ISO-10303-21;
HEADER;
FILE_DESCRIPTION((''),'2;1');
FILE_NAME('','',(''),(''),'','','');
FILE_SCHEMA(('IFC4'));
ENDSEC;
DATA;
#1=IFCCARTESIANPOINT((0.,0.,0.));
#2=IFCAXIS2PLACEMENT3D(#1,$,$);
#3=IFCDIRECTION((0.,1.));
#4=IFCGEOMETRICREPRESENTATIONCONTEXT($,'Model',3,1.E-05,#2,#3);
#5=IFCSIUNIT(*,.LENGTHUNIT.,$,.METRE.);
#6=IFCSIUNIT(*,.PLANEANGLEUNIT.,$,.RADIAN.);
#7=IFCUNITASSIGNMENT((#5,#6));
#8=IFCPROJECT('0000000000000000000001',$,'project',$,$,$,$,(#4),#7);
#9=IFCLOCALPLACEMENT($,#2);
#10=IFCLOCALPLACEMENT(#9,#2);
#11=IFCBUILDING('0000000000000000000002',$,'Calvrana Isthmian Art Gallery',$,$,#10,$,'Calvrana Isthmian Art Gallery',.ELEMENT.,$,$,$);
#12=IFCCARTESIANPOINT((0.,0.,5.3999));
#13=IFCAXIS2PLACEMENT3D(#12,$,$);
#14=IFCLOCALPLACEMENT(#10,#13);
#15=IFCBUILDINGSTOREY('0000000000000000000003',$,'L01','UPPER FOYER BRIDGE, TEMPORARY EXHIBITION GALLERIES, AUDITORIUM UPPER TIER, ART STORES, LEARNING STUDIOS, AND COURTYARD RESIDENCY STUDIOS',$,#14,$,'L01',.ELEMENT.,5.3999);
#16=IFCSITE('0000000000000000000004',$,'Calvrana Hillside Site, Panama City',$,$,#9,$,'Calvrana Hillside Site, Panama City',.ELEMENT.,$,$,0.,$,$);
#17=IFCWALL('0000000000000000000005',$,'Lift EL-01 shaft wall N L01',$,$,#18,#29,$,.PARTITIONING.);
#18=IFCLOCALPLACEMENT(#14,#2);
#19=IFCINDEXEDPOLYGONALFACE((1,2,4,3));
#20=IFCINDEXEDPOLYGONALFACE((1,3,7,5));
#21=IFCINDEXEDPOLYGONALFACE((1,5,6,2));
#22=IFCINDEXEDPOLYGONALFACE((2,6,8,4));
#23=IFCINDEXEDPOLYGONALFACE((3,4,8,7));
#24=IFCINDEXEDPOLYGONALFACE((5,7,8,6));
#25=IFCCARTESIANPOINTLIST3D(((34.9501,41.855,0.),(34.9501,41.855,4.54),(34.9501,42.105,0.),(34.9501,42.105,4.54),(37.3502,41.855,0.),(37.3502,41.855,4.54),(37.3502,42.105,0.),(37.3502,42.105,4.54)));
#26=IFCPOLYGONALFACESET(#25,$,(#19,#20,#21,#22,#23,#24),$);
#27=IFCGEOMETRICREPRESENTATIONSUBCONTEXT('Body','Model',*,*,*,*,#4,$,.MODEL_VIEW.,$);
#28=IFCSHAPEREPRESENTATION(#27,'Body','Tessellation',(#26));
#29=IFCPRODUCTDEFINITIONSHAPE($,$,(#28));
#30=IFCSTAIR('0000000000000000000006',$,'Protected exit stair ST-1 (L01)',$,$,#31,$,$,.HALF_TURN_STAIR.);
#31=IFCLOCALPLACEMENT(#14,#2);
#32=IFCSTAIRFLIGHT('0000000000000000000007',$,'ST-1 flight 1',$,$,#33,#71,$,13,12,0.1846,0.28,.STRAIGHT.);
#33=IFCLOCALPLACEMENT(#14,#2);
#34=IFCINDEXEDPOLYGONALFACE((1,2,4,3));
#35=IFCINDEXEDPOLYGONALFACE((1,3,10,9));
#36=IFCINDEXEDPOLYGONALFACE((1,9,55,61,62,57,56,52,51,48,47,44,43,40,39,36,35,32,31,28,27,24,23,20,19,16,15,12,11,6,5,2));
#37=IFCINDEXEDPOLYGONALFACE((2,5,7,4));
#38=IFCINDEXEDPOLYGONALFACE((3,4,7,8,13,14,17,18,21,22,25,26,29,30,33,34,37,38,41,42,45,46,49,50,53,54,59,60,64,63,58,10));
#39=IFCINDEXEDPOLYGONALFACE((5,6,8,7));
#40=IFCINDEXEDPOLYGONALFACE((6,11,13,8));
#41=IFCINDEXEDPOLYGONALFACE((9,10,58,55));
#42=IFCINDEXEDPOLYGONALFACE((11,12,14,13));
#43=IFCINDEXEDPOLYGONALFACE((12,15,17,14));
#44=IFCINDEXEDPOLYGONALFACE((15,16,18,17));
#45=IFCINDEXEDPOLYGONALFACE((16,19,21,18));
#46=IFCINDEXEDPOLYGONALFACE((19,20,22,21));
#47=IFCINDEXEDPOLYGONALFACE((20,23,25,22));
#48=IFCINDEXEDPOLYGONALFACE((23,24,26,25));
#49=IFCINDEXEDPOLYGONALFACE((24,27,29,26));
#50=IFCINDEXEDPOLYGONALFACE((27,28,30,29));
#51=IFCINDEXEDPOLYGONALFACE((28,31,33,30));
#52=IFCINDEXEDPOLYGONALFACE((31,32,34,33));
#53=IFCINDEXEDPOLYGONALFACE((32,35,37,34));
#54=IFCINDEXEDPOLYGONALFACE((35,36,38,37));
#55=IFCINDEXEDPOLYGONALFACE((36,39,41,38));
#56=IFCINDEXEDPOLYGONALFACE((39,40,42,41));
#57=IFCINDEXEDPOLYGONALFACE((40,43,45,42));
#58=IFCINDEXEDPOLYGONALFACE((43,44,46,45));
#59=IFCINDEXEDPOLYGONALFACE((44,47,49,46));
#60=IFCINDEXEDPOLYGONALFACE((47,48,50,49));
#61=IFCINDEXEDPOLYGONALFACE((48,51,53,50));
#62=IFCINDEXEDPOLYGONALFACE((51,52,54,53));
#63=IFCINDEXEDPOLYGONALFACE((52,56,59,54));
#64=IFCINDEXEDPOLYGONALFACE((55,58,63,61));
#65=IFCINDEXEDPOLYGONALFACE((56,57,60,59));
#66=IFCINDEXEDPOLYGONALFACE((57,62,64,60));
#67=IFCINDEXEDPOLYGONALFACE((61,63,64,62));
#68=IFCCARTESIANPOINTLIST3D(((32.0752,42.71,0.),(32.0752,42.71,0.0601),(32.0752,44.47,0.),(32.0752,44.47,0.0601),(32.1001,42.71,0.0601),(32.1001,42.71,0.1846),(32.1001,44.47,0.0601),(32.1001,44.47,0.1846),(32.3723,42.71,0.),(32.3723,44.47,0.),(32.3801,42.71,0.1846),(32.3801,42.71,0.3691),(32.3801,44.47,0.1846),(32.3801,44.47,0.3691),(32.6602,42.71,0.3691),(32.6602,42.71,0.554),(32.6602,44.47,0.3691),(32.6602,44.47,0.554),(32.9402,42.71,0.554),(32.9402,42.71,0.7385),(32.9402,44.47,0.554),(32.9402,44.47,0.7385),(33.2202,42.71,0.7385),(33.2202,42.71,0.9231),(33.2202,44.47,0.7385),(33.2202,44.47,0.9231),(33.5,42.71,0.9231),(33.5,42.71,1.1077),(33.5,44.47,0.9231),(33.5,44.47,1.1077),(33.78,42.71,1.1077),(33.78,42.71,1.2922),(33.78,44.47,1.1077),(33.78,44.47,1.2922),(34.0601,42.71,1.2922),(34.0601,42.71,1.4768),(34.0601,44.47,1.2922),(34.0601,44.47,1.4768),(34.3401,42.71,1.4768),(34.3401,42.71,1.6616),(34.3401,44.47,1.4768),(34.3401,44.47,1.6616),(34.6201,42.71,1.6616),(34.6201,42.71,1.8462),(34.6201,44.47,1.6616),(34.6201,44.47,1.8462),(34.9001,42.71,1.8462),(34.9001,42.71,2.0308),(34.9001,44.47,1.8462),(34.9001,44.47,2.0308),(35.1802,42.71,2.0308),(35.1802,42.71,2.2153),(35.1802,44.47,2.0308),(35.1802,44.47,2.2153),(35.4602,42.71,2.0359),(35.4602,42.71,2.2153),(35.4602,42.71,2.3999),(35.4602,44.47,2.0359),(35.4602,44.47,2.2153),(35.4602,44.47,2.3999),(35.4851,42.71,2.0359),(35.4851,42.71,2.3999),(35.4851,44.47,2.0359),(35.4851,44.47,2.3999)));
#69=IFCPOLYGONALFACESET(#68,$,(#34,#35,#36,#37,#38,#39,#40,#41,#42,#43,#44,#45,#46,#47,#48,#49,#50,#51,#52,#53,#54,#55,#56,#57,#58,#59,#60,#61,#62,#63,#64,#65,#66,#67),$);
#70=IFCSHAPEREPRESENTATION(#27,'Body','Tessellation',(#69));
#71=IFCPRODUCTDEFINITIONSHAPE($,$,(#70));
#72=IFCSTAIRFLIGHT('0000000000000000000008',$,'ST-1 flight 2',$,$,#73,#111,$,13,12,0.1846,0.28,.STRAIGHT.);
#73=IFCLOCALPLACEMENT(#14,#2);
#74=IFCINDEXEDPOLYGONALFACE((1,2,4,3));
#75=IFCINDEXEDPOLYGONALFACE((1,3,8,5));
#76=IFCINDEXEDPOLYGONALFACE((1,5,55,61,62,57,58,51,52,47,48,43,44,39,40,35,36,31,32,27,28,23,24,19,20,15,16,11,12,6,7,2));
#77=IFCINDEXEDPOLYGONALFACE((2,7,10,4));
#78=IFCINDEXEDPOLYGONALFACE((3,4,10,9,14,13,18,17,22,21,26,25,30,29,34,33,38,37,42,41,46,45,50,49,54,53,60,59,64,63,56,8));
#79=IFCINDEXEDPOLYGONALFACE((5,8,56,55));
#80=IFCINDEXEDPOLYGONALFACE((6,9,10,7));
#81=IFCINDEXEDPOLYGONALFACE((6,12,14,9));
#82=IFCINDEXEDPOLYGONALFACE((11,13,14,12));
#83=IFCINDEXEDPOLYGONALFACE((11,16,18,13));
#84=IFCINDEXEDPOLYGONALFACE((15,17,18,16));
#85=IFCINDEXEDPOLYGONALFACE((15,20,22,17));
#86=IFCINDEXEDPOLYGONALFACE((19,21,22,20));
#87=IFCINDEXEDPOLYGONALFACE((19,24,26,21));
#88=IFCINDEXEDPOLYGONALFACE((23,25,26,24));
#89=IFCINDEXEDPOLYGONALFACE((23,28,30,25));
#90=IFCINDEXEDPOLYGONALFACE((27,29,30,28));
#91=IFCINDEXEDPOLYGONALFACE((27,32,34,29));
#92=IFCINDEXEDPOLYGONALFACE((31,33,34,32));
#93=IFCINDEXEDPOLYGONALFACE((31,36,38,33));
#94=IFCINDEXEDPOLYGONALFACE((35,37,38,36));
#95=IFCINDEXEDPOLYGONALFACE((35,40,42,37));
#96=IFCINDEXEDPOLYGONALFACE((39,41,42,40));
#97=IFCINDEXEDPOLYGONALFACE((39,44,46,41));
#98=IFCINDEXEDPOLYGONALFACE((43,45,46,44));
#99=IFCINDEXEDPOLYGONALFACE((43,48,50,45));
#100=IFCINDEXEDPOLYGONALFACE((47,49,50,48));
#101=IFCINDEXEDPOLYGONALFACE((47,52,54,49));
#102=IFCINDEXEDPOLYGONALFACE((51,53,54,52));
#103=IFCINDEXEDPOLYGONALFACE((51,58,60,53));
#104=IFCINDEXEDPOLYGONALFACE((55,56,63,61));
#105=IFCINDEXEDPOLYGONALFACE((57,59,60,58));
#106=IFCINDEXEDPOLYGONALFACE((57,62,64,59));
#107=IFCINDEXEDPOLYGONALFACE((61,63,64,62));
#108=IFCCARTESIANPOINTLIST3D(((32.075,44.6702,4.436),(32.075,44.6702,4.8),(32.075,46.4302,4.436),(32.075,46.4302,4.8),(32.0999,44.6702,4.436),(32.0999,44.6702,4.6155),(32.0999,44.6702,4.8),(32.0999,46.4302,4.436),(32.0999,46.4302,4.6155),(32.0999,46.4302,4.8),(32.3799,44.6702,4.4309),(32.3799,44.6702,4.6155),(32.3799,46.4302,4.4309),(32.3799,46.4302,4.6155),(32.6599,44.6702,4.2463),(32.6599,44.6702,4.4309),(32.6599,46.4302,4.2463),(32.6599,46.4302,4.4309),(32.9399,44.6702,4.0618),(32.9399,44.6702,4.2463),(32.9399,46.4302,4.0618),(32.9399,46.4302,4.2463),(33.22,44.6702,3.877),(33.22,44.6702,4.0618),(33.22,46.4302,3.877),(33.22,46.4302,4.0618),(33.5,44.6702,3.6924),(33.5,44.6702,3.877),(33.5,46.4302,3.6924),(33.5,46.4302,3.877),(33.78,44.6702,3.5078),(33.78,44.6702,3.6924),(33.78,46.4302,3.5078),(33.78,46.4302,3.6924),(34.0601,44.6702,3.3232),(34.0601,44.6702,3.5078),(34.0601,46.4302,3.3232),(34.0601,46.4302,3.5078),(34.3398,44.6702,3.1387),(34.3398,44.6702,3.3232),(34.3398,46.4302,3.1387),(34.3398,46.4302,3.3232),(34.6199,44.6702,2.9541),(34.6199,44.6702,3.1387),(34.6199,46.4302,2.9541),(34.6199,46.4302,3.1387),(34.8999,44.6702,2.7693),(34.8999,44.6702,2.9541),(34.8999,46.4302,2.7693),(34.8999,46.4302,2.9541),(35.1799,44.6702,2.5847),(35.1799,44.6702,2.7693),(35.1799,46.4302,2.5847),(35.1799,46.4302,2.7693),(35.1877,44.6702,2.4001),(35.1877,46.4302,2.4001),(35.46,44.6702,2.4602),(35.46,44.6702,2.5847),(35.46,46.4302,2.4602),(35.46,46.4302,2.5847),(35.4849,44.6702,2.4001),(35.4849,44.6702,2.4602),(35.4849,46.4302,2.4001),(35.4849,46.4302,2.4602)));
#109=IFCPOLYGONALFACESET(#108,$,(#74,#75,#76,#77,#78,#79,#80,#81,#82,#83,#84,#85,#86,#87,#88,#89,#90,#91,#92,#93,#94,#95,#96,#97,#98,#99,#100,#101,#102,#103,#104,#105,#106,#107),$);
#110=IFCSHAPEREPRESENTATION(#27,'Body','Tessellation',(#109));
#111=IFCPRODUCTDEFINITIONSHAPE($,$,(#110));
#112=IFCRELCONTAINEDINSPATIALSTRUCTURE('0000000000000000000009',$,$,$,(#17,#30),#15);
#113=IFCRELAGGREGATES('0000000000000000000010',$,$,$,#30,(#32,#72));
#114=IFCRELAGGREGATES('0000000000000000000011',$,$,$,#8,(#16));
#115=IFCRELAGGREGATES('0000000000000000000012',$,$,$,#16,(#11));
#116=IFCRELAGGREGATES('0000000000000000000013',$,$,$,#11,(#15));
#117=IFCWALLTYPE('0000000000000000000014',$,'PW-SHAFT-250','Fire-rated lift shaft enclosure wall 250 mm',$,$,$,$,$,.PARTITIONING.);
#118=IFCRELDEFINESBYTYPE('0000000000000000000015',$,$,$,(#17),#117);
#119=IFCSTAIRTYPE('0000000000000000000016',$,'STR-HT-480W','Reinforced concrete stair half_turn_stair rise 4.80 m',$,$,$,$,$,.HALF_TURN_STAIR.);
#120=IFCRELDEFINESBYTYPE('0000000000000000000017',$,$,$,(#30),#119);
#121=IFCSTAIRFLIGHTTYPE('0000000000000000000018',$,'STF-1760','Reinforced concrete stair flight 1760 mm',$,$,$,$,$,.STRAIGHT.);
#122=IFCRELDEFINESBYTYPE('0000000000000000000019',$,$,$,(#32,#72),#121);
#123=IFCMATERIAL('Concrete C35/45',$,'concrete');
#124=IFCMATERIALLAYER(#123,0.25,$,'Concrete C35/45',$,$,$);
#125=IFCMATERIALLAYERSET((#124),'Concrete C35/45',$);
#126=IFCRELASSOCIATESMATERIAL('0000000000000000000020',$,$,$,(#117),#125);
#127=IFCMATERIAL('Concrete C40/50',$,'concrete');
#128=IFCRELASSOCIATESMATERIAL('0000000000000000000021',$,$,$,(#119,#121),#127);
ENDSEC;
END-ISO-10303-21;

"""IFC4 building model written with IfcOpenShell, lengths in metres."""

from ifc_helpers import new_model, si_unit, direction, frame, frame_2d, origin, place, context, subcontext, project, spatial, polyline, rectangle, outline, extrude, material, layer, layer_set, type_object, element, aggregate, save


model = new_model("IFC4")

# Units and contexts
model_context = context("Model", 3, precision=1e-05, world=origin(), true_north=direction((0.0, 1.0)))
body_context = subcontext(model_context, "Body", "Model", "MODEL_VIEW")
ifc_project = project(units=[si_unit("LENGTHUNIT", "METRE"), si_unit("PLANEANGLEUNIT", "RADIAN")], contexts=[model_context])

# Site, building, storey
site_placement = place(None, origin())
site = spatial("IfcSite", under=ifc_project, at=site_placement, Name="Calvrana Hillside Site, Panama City", LongName="Calvrana Hillside Site, Panama City", CompositionType="ELEMENT", RefElevation=0.0)
building_placement = place(site_placement, origin())
building = spatial("IfcBuilding", under=site, at=building_placement, Name="Calvrana Isthmian Art Gallery", LongName="Calvrana Isthmian Art Gallery", CompositionType="ELEMENT")
storey_placement = place(building_placement, frame((0.0, 0.0, 5.3999)))
storey = spatial("IfcBuildingStorey", under=building, at=storey_placement, Name="L01", Description="UPPER FOYER BRIDGE, TEMPORARY EXHIBITION GALLERIES, AUDITORIUM UPPER TIER, ART STORES, LEARNING STUDIOS, AND COURTYARD RESIDENCY STUDIOS", LongName="L01", CompositionType="ELEMENT", Elevation=5.3999)

# Shared definitions
ifc_material_1 = material(Name="Concrete C40/50", Category="concrete")

# Wall
ifc_material_2 = material(Name="Concrete C35/45", Category="concrete")
ifc_layer_1 = layer(ifc_material_2, 0.25, Name="Concrete C35/45")
ifc_layer_set_1 = layer_set([ifc_layer_1], Name="Concrete C35/45")
wall_type_1 = type_object("IfcWallType", Name="PW-SHAFT-250", Description="Fire-rated lift shaft enclosure wall 250 mm", PredefinedType="PARTITIONING", material=ifc_layer_set_1)
wall_1_placement = place(storey_placement, frame((34.95, 41.98, 0.0), z_axis=(0.0, 0.0, 1.0), x_axis=(1.0, 0.0, 0.0)))
element("IfcWall", 1, at=wall_1_placement, inside=storey, type_object=wall_type_1, Name="Lift EL-01 shaft wall N L01", PredefinedType="PARTITIONING", context=body_context, shape_type="SweptSolid", body=[
    extrude(rectangle(XDim=2.4001, YDim=0.25, at=frame_2d((1.2002, 0.0))), origin(), (0.0, 0.0, 1.0), 4.54),
])

# Stair, stair flights
stair_type = type_object("IfcStairType", Name="STR-HT-480W", Description="Reinforced concrete stair half_turn_stair rise 4.80 m", PredefinedType="HALF_TURN_STAIR", material=ifc_material_1)
stair_placement = place(storey_placement, origin())
stair = element("IfcStair", 2, at=stair_placement, inside=storey, type_object=stair_type, Name="Protected exit stair ST-1 (L01)", PredefinedType="HALF_TURN_STAIR")
stair_flight_type = type_object("IfcStairFlightType", Name="STF-1760", Description="Reinforced concrete stair flight 1760 mm", PredefinedType="STRAIGHT", material=ifc_material_1)
stair_flight_1_placement = place(storey_placement, frame((32.1001, 43.5901, 0.0), z_axis=(0.0, 0.0, 1.0), x_axis=(1.0, 0.0, 0.0)))
stair_flight_1 = element("IfcStairFlight", 3, at=stair_flight_1_placement, type_object=stair_flight_type, Name="ST-1 flight 1", NumberOfRisers=13, NumberOfTreads=12, PredefinedType="STRAIGHT", RiserHeight=0.1846, TreadLength=0.28, context=body_context, shape_type="SweptSolid", body=[
    extrude(outline(polyline([(-0.0249, 0.0), (-0.0249, 0.0601), (0.0, 0.0601), (0.0, 0.1846), (0.28, 0.1846), (0.28, 0.3691), (0.5601, 0.3691), (0.5601, 0.554), (0.8401, 0.554), (0.8401, 0.7385), (1.1201, 0.7385), (1.1201, 0.9231), (1.3999, 0.9231), (1.3999, 1.1077), (1.6799, 1.1077), (1.6799, 1.2922), (1.96, 1.2922), (1.96, 1.4768), (2.24, 1.4768), (2.24, 1.6616), (2.52, 1.6616), (2.52, 1.8462), (2.8, 1.8462), (2.8, 2.0308), (3.0801, 2.0308), (3.0801, 2.2153), (3.3601, 2.2153), (3.3601, 2.3999), (3.385, 2.3999), (3.385, 2.0359), (3.3601, 2.0359), (0.2722, 0.0), (-0.0249, 0.0)])), frame((0.0, 0.8799, 0.0), z_axis=(0.0, -1.0, 0.0), x_axis=(1.0, 0.0, 0.0)), (0.0, 0.0, 1.0), 1.76),
])
stair_flight_2_placement = place(storey_placement, frame((35.46, 45.55, 2.4001), z_axis=(0.0, 0.0, 1.0), x_axis=(-1.0, 0.0, 0.0)))
stair_flight_2 = element("IfcStairFlight", 4, at=stair_flight_2_placement, type_object=stair_flight_type, Name="ST-1 flight 2", NumberOfRisers=13, NumberOfTreads=12, PredefinedType="STRAIGHT", RiserHeight=0.1846, TreadLength=0.28, context=body_context, shape_type="SweptSolid", body=[
    extrude(outline(polyline([(-0.0249, 0.0), (-0.0249, 0.0601), (0.0, 0.0601), (0.0, 0.1846), (0.28, 0.1846), (0.28, 0.3691), (0.5601, 0.3691), (0.5601, 0.554), (0.8401, 0.554), (0.8401, 0.7385), (1.1201, 0.7385), (1.1201, 0.9231), (1.3999, 0.9231), (1.3999, 1.1077), (1.6799, 1.1077), (1.6799, 1.2922), (1.96, 1.2922), (1.96, 1.4768), (2.24, 1.4768), (2.24, 1.6616), (2.52, 1.6616), (2.52, 1.8462), (2.8, 1.8462), (2.8, 2.0308), (3.0801, 2.0308), (3.0801, 2.2153), (3.3601, 2.2153), (3.3601, 2.3999), (3.385, 2.3999), (3.385, 2.0359), (3.3601, 2.0359), (0.2722, 0.0), (-0.0249, 0.0)])), frame((0.0, 0.8799, 0.0), z_axis=(0.0, -1.0, 0.0), x_axis=(1.0, 0.0, 0.0)), (0.0, 0.0, 1.0), 1.76),
])
aggregate(stair, [stair_flight_1, stair_flight_2])

save(model, "model.ifc")
